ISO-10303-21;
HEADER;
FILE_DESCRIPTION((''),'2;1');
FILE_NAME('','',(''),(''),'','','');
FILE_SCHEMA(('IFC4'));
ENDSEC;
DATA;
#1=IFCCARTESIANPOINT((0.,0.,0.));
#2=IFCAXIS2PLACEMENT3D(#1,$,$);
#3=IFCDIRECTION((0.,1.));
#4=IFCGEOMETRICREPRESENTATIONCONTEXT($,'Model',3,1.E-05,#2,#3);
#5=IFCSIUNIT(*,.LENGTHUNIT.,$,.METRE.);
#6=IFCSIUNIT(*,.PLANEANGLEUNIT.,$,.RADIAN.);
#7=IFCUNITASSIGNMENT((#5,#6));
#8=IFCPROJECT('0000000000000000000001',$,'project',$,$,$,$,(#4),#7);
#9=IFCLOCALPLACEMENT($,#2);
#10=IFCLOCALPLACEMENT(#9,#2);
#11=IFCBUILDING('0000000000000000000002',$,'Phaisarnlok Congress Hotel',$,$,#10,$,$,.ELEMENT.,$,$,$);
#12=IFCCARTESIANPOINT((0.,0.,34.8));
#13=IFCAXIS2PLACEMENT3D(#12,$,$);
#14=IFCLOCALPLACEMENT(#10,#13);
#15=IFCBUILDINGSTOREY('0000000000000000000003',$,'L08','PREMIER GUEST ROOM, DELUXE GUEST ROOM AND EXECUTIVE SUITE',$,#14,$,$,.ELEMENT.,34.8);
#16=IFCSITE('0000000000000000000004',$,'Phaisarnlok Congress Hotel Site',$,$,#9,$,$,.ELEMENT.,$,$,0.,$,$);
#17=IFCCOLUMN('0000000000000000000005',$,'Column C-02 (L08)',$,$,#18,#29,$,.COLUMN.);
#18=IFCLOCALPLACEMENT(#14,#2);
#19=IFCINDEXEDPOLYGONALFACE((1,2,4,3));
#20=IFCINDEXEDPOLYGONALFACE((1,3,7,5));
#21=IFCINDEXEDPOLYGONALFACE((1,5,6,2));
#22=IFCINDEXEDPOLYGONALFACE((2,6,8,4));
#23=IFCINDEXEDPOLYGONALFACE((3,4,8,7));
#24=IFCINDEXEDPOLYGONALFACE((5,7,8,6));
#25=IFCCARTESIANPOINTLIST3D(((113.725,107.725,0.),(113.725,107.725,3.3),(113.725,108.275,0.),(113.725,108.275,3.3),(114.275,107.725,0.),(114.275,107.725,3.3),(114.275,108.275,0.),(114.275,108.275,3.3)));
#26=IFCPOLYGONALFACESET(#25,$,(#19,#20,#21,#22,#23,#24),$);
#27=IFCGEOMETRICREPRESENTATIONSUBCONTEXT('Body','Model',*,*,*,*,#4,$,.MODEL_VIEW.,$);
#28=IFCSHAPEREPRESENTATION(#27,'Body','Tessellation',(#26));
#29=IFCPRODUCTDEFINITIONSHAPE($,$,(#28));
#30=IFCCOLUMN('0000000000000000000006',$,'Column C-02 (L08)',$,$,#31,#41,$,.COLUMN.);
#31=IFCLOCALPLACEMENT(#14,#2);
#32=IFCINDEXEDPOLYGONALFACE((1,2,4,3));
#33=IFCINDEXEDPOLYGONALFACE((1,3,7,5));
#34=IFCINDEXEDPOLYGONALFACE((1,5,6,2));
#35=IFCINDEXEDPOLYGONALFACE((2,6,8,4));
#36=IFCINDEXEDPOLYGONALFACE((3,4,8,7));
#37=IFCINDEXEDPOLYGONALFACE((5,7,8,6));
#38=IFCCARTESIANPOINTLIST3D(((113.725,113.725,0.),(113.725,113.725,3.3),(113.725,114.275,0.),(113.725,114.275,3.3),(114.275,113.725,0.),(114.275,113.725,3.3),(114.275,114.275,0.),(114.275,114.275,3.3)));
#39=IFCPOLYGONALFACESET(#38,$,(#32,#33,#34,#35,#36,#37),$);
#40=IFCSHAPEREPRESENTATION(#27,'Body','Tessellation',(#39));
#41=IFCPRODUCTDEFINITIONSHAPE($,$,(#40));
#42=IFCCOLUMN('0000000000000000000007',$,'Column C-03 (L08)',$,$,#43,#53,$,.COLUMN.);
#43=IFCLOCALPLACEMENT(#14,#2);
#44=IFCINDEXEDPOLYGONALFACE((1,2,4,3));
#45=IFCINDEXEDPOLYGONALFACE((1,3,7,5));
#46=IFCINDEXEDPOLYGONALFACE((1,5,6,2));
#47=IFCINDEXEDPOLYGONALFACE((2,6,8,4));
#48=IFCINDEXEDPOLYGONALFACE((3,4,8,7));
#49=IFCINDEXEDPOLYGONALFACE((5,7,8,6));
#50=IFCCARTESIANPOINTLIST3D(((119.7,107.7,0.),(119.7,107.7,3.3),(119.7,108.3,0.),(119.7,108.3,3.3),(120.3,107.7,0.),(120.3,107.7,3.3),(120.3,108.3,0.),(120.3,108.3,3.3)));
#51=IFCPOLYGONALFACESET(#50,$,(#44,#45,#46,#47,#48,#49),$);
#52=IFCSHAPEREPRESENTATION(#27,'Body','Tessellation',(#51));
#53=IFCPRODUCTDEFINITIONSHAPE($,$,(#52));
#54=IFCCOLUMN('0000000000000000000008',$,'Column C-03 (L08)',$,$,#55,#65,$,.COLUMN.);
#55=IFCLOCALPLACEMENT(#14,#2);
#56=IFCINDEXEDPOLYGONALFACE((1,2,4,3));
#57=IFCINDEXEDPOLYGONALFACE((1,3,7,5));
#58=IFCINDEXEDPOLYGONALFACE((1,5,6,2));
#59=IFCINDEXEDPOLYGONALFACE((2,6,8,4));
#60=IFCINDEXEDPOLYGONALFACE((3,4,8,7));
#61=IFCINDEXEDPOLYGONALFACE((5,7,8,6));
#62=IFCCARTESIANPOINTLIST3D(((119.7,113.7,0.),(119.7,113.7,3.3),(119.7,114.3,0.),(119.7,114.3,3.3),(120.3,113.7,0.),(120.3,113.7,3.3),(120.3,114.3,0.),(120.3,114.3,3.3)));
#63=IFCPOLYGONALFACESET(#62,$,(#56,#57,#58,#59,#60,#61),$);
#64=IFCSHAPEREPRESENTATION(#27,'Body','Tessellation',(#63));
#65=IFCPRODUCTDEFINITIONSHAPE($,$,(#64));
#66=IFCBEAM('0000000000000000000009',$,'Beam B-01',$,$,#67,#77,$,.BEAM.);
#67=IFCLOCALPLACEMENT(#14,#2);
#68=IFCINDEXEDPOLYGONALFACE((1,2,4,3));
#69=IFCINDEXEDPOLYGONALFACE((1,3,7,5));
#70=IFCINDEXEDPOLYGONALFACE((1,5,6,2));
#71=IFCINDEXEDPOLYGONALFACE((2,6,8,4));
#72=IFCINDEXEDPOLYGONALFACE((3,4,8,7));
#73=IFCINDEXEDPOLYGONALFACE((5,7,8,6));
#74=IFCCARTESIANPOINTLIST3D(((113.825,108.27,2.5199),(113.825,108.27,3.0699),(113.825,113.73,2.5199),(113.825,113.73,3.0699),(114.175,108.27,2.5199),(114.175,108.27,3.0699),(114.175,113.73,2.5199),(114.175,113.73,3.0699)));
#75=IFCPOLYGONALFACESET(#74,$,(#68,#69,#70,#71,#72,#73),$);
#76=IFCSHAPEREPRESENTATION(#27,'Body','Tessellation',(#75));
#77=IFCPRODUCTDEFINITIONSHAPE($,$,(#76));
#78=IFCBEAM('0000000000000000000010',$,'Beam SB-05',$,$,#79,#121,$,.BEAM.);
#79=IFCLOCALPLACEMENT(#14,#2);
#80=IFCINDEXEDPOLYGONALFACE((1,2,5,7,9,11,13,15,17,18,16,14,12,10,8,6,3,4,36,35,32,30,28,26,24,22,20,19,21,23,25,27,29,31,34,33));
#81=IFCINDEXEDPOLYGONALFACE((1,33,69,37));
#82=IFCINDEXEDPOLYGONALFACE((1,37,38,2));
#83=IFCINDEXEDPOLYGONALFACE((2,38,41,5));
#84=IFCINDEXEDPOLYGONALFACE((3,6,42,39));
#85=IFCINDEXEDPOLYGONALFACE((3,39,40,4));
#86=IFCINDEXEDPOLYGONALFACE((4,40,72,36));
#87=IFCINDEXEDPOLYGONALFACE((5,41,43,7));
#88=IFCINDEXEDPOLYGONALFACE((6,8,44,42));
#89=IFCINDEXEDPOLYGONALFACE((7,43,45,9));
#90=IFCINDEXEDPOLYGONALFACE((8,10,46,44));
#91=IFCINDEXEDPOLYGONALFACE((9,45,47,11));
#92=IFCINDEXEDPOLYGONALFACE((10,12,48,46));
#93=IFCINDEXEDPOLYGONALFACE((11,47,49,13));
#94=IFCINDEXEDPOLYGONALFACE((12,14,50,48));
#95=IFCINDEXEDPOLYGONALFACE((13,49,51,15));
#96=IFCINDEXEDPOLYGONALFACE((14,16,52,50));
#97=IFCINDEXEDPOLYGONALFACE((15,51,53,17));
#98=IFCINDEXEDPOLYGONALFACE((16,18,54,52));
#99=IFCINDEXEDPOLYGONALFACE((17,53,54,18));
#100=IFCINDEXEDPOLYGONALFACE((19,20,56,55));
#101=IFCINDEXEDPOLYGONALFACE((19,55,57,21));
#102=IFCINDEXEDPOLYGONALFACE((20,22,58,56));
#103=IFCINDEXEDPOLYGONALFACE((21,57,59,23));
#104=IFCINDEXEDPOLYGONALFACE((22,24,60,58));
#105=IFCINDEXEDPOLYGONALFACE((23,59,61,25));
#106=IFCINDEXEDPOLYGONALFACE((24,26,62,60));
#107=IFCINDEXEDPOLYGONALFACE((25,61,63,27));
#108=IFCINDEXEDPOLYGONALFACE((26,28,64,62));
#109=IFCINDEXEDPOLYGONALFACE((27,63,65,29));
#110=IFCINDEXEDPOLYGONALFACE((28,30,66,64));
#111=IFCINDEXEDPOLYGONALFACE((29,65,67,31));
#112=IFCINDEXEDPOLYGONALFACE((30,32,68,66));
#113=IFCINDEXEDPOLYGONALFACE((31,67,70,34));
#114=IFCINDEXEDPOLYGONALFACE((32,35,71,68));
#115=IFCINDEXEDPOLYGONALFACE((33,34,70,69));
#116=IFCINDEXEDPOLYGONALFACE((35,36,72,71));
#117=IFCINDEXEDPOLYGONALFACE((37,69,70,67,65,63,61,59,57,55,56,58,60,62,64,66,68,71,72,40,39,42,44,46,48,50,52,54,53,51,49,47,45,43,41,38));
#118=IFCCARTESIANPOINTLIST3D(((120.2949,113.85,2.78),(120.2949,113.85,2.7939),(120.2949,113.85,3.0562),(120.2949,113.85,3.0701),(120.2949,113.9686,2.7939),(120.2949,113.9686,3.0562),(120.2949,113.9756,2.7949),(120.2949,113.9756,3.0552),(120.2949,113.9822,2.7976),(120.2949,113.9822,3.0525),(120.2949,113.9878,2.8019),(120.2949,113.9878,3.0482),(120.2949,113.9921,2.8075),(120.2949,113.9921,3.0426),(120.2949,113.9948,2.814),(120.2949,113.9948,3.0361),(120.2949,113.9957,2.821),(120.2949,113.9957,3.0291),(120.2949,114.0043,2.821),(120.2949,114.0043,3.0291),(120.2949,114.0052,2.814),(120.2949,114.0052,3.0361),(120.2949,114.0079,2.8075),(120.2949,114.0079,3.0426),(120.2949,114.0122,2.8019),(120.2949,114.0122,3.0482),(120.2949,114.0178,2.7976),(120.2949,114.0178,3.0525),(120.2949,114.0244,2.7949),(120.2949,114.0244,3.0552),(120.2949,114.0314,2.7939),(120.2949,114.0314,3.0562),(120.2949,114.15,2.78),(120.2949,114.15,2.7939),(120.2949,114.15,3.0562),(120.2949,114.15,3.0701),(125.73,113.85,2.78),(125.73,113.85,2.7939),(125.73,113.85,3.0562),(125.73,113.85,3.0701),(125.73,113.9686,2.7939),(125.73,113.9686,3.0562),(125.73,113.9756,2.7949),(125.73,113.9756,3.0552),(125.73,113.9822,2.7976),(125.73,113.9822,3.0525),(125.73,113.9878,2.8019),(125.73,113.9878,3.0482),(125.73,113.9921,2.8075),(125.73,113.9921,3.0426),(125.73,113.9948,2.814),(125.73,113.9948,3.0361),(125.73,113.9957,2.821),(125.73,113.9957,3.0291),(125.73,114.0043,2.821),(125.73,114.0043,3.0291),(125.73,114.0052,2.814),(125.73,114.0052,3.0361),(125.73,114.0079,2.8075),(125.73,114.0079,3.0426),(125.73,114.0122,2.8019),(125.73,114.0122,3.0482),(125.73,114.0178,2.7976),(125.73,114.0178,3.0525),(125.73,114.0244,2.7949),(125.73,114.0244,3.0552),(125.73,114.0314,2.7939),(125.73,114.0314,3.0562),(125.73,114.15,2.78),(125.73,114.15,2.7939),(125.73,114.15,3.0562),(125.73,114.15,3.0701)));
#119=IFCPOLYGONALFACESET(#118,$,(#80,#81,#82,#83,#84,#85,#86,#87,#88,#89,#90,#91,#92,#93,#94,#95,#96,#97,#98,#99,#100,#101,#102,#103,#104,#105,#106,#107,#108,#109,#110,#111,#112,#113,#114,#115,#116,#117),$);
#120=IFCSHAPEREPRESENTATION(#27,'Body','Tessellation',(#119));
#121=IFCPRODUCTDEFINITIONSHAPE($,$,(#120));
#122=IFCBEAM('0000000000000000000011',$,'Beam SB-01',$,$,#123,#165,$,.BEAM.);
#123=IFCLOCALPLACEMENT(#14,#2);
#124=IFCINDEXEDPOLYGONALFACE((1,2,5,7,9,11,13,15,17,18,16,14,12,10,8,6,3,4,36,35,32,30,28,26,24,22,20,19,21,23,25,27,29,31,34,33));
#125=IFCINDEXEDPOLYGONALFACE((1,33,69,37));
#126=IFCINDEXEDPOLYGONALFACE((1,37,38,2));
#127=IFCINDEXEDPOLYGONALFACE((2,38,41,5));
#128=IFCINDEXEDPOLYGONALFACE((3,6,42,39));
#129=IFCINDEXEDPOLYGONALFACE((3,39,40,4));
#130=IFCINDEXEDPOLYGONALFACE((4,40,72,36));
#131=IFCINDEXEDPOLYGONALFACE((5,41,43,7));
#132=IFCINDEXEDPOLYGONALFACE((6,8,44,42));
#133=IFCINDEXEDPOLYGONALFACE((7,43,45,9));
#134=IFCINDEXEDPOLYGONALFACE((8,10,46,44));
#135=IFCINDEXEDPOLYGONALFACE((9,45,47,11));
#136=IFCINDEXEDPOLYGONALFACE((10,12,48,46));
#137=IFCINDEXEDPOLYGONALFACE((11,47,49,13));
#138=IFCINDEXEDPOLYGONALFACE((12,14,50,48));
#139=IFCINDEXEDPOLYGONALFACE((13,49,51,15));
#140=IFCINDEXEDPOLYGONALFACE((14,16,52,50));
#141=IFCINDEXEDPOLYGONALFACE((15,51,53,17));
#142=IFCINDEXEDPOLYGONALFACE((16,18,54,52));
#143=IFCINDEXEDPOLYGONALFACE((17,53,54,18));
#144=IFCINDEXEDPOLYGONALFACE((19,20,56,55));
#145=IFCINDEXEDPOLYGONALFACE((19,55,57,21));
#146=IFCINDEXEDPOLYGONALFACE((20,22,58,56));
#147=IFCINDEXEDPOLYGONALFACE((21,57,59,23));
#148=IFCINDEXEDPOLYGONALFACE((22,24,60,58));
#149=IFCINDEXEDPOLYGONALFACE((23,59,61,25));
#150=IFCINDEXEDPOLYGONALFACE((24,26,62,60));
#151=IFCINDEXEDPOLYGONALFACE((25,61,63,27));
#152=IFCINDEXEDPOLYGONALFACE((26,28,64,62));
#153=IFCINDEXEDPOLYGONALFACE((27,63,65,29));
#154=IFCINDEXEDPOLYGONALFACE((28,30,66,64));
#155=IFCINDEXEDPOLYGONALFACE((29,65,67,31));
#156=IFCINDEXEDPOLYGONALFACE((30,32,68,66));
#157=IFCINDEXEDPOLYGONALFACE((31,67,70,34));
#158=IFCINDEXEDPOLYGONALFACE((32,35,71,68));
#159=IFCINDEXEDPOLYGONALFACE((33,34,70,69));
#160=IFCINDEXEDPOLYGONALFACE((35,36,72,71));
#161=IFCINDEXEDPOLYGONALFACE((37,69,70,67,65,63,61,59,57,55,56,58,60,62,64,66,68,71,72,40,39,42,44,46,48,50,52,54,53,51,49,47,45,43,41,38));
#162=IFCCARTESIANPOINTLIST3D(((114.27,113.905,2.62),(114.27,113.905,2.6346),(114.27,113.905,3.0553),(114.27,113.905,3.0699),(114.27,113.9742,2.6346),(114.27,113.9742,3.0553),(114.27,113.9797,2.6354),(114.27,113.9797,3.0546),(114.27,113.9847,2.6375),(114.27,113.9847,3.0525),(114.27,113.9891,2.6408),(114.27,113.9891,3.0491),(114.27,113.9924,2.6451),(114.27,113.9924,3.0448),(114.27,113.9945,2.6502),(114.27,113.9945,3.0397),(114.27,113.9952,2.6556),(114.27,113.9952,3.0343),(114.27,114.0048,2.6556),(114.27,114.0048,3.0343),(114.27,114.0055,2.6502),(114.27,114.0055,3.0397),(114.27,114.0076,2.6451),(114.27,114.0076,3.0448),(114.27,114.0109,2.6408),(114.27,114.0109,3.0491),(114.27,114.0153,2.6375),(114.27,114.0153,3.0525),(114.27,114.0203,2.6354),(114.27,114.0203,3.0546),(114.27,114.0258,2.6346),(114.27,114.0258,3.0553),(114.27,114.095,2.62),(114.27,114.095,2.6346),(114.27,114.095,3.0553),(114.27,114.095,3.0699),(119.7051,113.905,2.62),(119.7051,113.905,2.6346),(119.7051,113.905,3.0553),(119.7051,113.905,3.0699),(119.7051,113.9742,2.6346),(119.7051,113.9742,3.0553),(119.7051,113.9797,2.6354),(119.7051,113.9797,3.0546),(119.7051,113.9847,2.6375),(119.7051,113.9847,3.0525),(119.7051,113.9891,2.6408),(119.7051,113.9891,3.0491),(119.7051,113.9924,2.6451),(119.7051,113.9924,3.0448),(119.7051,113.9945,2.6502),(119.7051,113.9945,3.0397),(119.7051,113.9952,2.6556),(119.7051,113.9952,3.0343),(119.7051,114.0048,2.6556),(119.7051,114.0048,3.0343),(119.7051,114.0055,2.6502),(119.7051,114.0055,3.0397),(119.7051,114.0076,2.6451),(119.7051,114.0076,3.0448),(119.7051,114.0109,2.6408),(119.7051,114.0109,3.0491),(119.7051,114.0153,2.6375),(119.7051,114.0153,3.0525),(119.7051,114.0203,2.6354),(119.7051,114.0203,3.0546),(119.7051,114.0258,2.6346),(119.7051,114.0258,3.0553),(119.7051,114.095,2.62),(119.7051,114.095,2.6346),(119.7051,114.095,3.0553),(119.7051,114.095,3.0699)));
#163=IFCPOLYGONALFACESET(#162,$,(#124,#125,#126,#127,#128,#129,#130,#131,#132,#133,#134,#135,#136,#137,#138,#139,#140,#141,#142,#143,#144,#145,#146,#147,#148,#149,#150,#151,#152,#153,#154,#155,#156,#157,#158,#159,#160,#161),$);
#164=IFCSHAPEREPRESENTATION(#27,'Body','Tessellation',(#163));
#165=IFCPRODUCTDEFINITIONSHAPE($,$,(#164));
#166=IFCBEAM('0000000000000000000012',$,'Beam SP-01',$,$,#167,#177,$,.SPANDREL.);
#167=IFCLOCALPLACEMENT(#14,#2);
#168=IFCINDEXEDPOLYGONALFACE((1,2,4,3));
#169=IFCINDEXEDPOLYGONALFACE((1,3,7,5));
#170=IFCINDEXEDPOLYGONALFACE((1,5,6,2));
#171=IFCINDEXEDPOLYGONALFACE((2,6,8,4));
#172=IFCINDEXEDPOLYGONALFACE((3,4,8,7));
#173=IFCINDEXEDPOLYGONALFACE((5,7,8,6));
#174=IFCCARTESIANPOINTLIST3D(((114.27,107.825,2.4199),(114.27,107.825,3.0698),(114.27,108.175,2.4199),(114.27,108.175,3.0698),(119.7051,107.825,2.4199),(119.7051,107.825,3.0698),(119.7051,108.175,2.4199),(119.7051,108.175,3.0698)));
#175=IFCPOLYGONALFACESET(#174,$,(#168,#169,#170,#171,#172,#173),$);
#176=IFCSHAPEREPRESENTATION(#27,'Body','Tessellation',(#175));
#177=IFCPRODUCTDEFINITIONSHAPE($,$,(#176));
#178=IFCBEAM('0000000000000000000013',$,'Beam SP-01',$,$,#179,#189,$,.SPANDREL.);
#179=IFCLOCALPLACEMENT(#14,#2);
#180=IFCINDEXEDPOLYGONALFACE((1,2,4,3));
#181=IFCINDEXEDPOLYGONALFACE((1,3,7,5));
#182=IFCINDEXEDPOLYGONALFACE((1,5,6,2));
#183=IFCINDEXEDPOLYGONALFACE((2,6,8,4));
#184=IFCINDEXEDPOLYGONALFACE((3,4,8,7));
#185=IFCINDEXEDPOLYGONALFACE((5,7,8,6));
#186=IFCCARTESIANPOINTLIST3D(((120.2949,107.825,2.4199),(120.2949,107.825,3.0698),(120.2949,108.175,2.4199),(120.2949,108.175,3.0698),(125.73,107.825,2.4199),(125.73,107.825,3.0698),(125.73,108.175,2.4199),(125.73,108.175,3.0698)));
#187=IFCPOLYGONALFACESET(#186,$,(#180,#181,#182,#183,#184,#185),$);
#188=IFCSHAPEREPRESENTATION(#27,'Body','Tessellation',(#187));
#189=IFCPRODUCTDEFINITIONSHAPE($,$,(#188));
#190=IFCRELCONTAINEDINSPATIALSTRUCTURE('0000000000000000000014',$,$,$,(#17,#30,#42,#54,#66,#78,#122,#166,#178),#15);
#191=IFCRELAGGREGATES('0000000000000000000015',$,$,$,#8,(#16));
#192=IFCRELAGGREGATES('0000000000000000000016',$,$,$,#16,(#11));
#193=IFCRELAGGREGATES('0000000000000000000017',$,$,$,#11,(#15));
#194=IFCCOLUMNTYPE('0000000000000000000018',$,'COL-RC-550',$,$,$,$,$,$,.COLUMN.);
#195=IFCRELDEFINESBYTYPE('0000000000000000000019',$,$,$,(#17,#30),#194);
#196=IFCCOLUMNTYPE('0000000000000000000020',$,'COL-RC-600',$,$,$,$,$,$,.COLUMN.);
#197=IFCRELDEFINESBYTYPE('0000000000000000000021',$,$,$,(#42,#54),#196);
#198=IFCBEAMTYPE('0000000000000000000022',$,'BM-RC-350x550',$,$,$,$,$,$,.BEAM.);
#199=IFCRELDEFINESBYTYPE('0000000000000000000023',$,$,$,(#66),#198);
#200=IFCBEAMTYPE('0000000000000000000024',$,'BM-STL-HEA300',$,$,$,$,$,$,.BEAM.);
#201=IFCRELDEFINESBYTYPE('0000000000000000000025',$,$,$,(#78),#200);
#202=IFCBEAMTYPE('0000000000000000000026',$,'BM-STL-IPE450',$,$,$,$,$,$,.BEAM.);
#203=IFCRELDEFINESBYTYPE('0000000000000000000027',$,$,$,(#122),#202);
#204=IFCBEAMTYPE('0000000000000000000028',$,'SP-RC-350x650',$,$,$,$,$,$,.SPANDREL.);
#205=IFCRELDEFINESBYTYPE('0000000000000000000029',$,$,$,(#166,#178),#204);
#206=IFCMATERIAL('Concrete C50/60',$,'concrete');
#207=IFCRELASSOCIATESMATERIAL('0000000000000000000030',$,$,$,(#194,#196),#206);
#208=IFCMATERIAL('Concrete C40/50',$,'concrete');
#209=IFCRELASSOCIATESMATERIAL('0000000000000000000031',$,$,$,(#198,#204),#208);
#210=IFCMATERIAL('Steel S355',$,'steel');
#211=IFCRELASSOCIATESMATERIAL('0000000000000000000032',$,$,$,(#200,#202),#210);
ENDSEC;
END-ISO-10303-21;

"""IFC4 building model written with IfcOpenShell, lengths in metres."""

from ifc_helpers import new_model, si_unit, direction, frame, origin, origin_2d, place, context, subcontext, project, spatial, rectangle, i_section, extrude, material, material_profile, profile_set, type_object, element, save


model = new_model("IFC4")

# Units and contexts
model_context = context("Model", 3, precision=1e-05, world=origin(), true_north=direction((0.0, 1.0)))
body_context = subcontext(model_context, "Body", "Model", "MODEL_VIEW")
ifc_project = project(units=[si_unit("LENGTHUNIT", "METRE"), si_unit("PLANEANGLEUNIT", "RADIAN")], contexts=[model_context])

# Site, building, storey
site_placement = place(None, origin())
site = spatial("IfcSite", under=ifc_project, at=site_placement, Name="Phaisarnlok Congress Hotel Site", CompositionType="ELEMENT", RefElevation=0.0)
building_placement = place(site_placement, origin())
building = spatial("IfcBuilding", under=site, at=building_placement, Name="Phaisarnlok Congress Hotel", CompositionType="ELEMENT")
storey_placement = place(building_placement, frame((0.0, 0.0, 34.8)))
storey = spatial("IfcBuildingStorey", under=building, at=storey_placement, Name="L08", Description="PREMIER GUEST ROOM, DELUXE GUEST ROOM AND EXECUTIVE SUITE", CompositionType="ELEMENT", Elevation=34.8)

# Columns
ifc_material_1 = material(Name="Concrete C50/60", Category="concrete")
ifc_material_profile_1 = material_profile(ifc_material_1, rectangle(XDim=0.55, YDim=0.55, at=origin_2d()), Name="RC 550x550")
ifc_profile_set_1 = profile_set([ifc_material_profile_1], Name="Concrete C50/60")
column_type_1 = type_object("IfcColumnType", Name="COL-RC-550", PredefinedType="COLUMN", material=ifc_profile_set_1)
for number, where, z_axis, x_axis, name in (
    (1, (114.0, 108.0, 0.0), (0.0, 0.0, 1.0), (1.0, 0.0, 0.0), "Column C-02 (L08)"),
    (2, (114.0, 114.0, 0.0), (0.0, 0.0, 1.0), (1.0, 0.0, 0.0), "Column C-02 (L08)"),
):
    element("IfcColumn", number, at=place(storey_placement, frame(where, z_axis=z_axis, x_axis=x_axis)), inside=storey, type_object=column_type_1, Name=name, PredefinedType="COLUMN", context=body_context, shape_type="SweptSolid", body=[
        extrude(rectangle(XDim=0.55, YDim=0.55, at=origin_2d()), origin(), (0.0, 0.0, 1.0), 3.3),
    ])
ifc_material_profile_2 = material_profile(ifc_material_1, rectangle(XDim=0.6001, YDim=0.6001, at=origin_2d()), Name="RC 600x600")
ifc_profile_set_2 = profile_set([ifc_material_profile_2], Name="Concrete C50/60")
column_type_2 = type_object("IfcColumnType", Name="COL-RC-600", PredefinedType="COLUMN", material=ifc_profile_set_2)
for number, where, z_axis, x_axis, name in (
    (3, (120.0, 108.0, 0.0), (0.0, 0.0, 1.0), (1.0, 0.0, 0.0), "Column C-03 (L08)"),
    (4, (120.0, 114.0, 0.0), (0.0, 0.0, 1.0), (1.0, 0.0, 0.0), "Column C-03 (L08)"),
):
    element("IfcColumn", number, at=place(storey_placement, frame(where, z_axis=z_axis, x_axis=x_axis)), inside=storey, type_object=column_type_2, Name=name, PredefinedType="COLUMN", context=body_context, shape_type="SweptSolid", body=[
        extrude(rectangle(XDim=0.6001, YDim=0.6001, at=origin_2d()), origin(), (0.0, 0.0, 1.0), 3.3),
    ])

# Beams
ifc_material_2 = material(Name="Concrete C40/50", Category="concrete")
ifc_material_profile_3 = material_profile(ifc_material_2, rectangle(XDim=0.3501, YDim=0.55, at=origin_2d()), Name="RC 350x550")
ifc_profile_set_3 = profile_set([ifc_material_profile_3], Name="Concrete C40/50")
beam_type_1 = type_object("IfcBeamType", Name="BM-RC-350x550", PredefinedType="BEAM", material=ifc_profile_set_3)
beam_1_placement = place(storey_placement, frame((114.0, 108.27, 2.7949), z_axis=(0.0, 1.0, 0.0), x_axis=(-1.0, 0.0, 0.0)))
element("IfcBeam", 5, at=beam_1_placement, inside=storey, type_object=beam_type_1, Name="Beam B-01", PredefinedType="BEAM", context=body_context, shape_type="SweptSolid", body=[
    extrude(rectangle(XDim=0.3501, YDim=0.55, at=origin_2d()), origin(), (0.0, 0.0, 1.0), 5.46),
])
ifc_material_3 = material(Name="Steel S355", Category="steel")
ifc_material_profile_4 = material_profile(ifc_material_3, i_section(OverallWidth=0.3, OverallDepth=0.29, WebThickness=0.0085, FlangeThickness=0.0139, FilletRadius=0.0271, at=origin_2d()), Name="HEA 300")
ifc_profile_set_4 = profile_set([ifc_material_profile_4], Name="Steel S355")
beam_type_2 = type_object("IfcBeamType", Name="BM-STL-HEA300", PredefinedType="BEAM", material=ifc_profile_set_4)
beam_2_placement = place(storey_placement, frame((120.2949, 114.0, 2.925), z_axis=(1.0, 0.0, 0.0), x_axis=(0.0, 1.0, 0.0)))
element("IfcBeam", 6, at=beam_2_placement, inside=storey, type_object=beam_type_2, Name="Beam SB-05", PredefinedType="BEAM", context=body_context, shape_type="SweptSolid", body=[
    extrude(i_section(OverallWidth=0.3, OverallDepth=0.29, WebThickness=0.0085, FlangeThickness=0.0139, FilletRadius=0.0271, at=origin_2d()), origin(), (0.0, 0.0, 1.0), 5.4351),
])
ifc_material_profile_5 = material_profile(ifc_material_3, i_section(OverallWidth=0.1899, OverallDepth=0.45, WebThickness=0.0095, FlangeThickness=0.0146, FilletRadius=0.021, at=origin_2d()), Name="IPE 450")
ifc_profile_set_5 = profile_set([ifc_material_profile_5], Name="Steel S355")
beam_type_3 = type_object("IfcBeamType", Name="BM-STL-IPE450", PredefinedType="BEAM", material=ifc_profile_set_5)
beam_3_placement = place(storey_placement, frame((114.27, 114.0, 2.845), z_axis=(1.0, 0.0, 0.0), x_axis=(0.0, 1.0, 0.0)))
element("IfcBeam", 7, at=beam_3_placement, inside=storey, type_object=beam_type_3, Name="Beam SB-01", PredefinedType="BEAM", context=body_context, shape_type="SweptSolid", body=[
    extrude(i_section(OverallWidth=0.1899, OverallDepth=0.45, WebThickness=0.0095, FlangeThickness=0.0146, FilletRadius=0.021, at=origin_2d()), origin(), (0.0, 0.0, 1.0), 5.4351),
])
ifc_material_profile_6 = material_profile(ifc_material_2, rectangle(XDim=0.3501, YDim=0.6499, at=origin_2d()), Name="RC 350x650")
ifc_profile_set_6 = profile_set([ifc_material_profile_6], Name="Concrete C40/50")
beam_type_4 = type_object("IfcBeamType", Name="SP-RC-350x650", PredefinedType="SPANDREL", material=ifc_profile_set_6)
for number, where, z_axis, x_axis, name in (
    (8, (114.27, 108.0, 2.7449), (1.0, 0.0, 0.0), (0.0, 1.0, 0.0), "Beam SP-01"),
    (9, (120.2949, 108.0, 2.7449), (1.0, 0.0, 0.0), (0.0, 1.0, 0.0), "Beam SP-01"),
):
    element("IfcBeam", number, at=place(storey_placement, frame(where, z_axis=z_axis, x_axis=x_axis)), inside=storey, type_object=beam_type_4, Name=name, PredefinedType="SPANDREL", context=body_context, shape_type="SweptSolid", body=[
        extrude(rectangle(XDim=0.3501, YDim=0.6499, at=origin_2d()), origin(), (0.0, 0.0, 1.0), 5.4351),
    ])

save(model, "model.ifc")
